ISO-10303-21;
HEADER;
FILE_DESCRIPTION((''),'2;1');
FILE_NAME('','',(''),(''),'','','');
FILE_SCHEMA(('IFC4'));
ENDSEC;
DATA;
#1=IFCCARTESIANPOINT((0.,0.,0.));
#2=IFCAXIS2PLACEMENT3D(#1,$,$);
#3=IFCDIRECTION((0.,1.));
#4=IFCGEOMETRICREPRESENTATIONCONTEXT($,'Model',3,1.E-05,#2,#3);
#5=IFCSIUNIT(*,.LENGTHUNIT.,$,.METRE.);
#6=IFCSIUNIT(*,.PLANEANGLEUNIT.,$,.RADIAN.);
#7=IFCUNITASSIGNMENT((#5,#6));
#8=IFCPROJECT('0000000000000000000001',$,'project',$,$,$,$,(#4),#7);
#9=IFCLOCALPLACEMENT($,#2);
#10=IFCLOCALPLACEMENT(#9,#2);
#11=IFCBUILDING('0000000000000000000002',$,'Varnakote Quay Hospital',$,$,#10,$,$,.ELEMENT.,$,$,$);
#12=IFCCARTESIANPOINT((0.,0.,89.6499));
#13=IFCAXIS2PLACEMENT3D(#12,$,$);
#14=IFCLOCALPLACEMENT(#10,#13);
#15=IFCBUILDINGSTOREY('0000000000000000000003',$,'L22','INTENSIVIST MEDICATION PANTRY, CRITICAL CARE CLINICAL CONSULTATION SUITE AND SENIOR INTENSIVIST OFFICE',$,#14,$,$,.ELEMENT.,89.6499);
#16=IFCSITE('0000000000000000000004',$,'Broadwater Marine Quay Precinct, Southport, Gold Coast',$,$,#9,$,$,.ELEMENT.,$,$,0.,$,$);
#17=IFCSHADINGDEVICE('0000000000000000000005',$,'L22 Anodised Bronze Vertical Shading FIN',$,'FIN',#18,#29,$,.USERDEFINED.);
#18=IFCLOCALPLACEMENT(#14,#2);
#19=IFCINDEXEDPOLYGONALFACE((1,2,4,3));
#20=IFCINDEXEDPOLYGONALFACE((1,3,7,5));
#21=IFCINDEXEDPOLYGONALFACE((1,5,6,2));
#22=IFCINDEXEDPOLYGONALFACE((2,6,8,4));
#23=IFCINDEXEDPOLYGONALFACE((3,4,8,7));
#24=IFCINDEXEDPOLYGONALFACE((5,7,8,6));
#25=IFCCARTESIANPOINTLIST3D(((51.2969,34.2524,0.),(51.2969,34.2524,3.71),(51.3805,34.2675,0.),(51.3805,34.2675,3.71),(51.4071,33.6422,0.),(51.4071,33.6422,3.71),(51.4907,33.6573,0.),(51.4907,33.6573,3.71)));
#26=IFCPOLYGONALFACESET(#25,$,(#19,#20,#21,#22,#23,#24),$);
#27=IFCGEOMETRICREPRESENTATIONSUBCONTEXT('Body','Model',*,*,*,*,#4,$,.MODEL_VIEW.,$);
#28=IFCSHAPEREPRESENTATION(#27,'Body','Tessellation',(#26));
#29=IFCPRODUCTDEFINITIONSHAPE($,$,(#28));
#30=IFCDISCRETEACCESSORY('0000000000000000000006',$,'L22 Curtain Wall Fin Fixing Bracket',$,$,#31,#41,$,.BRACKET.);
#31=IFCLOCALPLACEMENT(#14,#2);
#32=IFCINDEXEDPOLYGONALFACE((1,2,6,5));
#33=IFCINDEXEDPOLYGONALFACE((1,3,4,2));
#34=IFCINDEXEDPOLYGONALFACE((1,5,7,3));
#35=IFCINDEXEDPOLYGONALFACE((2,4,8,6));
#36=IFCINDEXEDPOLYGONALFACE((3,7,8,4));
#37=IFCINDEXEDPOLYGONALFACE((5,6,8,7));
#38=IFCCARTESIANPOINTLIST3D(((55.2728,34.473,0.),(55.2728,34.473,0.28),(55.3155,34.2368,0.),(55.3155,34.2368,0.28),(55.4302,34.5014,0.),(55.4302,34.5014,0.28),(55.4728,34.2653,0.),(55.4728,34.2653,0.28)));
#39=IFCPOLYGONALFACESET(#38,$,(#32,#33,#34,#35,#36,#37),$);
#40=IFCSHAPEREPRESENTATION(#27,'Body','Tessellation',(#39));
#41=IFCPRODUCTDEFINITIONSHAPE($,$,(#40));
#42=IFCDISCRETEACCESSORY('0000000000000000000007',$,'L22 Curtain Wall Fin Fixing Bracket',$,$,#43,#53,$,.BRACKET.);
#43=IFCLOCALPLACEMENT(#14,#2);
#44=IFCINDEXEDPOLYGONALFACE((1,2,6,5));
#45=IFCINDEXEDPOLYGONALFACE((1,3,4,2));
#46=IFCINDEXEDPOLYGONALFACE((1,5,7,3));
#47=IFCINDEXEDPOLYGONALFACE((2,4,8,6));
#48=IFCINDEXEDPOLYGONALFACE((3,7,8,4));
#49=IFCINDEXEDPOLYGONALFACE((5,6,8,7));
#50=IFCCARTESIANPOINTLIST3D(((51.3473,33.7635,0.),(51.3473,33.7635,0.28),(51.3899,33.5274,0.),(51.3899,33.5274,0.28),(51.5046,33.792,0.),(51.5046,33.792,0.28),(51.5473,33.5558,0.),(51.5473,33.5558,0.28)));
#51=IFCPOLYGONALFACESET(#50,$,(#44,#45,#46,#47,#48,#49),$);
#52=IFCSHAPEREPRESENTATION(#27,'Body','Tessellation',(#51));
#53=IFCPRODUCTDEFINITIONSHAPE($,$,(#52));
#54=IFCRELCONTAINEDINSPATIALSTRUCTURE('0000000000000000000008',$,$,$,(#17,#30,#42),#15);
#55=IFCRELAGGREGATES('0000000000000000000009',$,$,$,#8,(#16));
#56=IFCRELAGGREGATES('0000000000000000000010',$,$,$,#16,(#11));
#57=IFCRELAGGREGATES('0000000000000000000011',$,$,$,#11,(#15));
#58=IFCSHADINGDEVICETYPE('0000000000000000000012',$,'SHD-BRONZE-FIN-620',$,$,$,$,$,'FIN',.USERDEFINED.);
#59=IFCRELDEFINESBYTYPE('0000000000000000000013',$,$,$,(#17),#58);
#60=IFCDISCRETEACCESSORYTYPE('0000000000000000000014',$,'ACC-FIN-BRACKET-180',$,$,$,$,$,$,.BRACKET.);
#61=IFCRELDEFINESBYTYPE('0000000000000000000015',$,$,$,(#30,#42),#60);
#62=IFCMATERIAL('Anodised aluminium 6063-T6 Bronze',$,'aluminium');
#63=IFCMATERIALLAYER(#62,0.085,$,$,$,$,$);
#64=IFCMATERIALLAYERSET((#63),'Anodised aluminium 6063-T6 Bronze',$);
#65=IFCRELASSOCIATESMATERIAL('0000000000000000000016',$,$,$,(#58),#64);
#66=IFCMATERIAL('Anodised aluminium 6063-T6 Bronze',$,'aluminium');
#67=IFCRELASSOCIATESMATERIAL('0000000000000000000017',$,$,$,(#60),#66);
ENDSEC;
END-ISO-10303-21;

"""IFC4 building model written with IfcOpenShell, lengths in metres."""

from ifc_helpers import new_model, si_unit, direction, frame, origin, origin_2d, place, context, subcontext, project, spatial, rectangle, extrude, material, layer, layer_set, type_object, element, save


model = new_model("IFC4")

# Units and contexts
model_context = context("Model", 3, precision=1e-05, world=origin(), true_north=direction((0.0, 1.0)))
body_context = subcontext(model_context, "Body", "Model", "MODEL_VIEW")
ifc_project = project(units=[si_unit("LENGTHUNIT", "METRE"), si_unit("PLANEANGLEUNIT", "RADIAN")], contexts=[model_context])

# Site, building, storey
site_placement = place(None, origin())
site = spatial("IfcSite", under=ifc_project, at=site_placement, Name="Broadwater Marine Quay Precinct, Southport, Gold Coast", CompositionType="ELEMENT", RefElevation=0.0)
building_placement = place(site_placement, origin())
building = spatial("IfcBuilding", under=site, at=building_placement, Name="Varnakote Quay Hospital", CompositionType="ELEMENT")
storey_placement = place(building_placement, frame((0.0, 0.0, 89.6499)))
storey = spatial("IfcBuildingStorey", under=building, at=storey_placement, Name="L22", Description="INTENSIVIST MEDICATION PANTRY, CRITICAL CARE CLINICAL CONSULTATION SUITE AND SENIOR INTENSIVIST OFFICE", CompositionType="ELEMENT", Elevation=89.6499)

# Shading device
ifc_material_1 = material(Name="Anodised aluminium 6063-T6 Bronze", Category="aluminium")
ifc_layer_1 = layer(ifc_material_1, 0.085)
ifc_layer_set_1 = layer_set([ifc_layer_1], Name="Anodised aluminium 6063-T6 Bronze")
shading_device_type = type_object("IfcShadingDeviceType", Name="SHD-BRONZE-FIN-620", ElementType="FIN", PredefinedType="USERDEFINED", material=ifc_layer_set_1)
for number, where, z_axis, x_axis, name in (
    (1, (51.3938, 33.9548, 0.0), (0.0, 0.0, 1.0), (0.177772, -0.984072, 0.0), "L22 Anodised Bronze Vertical Shading FIN"),
):
    element("IfcShadingDevice", number, at=place(storey_placement, frame(where, z_axis=z_axis, x_axis=x_axis)), inside=storey, type_object=shading_device_type, Name=name, ObjectType="FIN", PredefinedType="USERDEFINED", context=body_context, shape_type="SweptSolid", body=[
        extrude(rectangle(XDim=0.6201, YDim=0.085, at=origin_2d()), origin(), (0.0, 0.0, 1.0), 3.71),
    ])

# Discrete accessories
ifc_material_2 = material(Name="Anodised aluminium 6063-T6 Bronze", Category="aluminium")
discrete_accessory_type = type_object("IfcDiscreteAccessoryType", Name="ACC-FIN-BRACKET-180", PredefinedType="BRACKET", material=ifc_material_2)
for number, where, z_axis, x_axis, name in (
    (2, (55.3728, 34.3691, 0.0), (0.0, 0.0, 1.0), (-0.984072, -0.177772, 0.0), "L22 Curtain Wall Fin Fixing Bracket"),
    (3, (51.4473, 33.6597, 0.0), (0.0, 0.0, 1.0), (-0.984072, -0.177772, 0.0), "L22 Curtain Wall Fin Fixing Bracket"),
):
    element("IfcDiscreteAccessory", number, at=place(storey_placement, frame(where, z_axis=z_axis, x_axis=x_axis)), inside=storey, type_object=discrete_accessory_type, Name=name, PredefinedType="BRACKET", context=body_context, shape_type="SweptSolid", body=[
        extrude(rectangle(XDim=0.1599, YDim=0.24, at=origin_2d()), origin(), (0.0, 0.0, 1.0), 0.28),
    ])

save(model, "model.ifc")
